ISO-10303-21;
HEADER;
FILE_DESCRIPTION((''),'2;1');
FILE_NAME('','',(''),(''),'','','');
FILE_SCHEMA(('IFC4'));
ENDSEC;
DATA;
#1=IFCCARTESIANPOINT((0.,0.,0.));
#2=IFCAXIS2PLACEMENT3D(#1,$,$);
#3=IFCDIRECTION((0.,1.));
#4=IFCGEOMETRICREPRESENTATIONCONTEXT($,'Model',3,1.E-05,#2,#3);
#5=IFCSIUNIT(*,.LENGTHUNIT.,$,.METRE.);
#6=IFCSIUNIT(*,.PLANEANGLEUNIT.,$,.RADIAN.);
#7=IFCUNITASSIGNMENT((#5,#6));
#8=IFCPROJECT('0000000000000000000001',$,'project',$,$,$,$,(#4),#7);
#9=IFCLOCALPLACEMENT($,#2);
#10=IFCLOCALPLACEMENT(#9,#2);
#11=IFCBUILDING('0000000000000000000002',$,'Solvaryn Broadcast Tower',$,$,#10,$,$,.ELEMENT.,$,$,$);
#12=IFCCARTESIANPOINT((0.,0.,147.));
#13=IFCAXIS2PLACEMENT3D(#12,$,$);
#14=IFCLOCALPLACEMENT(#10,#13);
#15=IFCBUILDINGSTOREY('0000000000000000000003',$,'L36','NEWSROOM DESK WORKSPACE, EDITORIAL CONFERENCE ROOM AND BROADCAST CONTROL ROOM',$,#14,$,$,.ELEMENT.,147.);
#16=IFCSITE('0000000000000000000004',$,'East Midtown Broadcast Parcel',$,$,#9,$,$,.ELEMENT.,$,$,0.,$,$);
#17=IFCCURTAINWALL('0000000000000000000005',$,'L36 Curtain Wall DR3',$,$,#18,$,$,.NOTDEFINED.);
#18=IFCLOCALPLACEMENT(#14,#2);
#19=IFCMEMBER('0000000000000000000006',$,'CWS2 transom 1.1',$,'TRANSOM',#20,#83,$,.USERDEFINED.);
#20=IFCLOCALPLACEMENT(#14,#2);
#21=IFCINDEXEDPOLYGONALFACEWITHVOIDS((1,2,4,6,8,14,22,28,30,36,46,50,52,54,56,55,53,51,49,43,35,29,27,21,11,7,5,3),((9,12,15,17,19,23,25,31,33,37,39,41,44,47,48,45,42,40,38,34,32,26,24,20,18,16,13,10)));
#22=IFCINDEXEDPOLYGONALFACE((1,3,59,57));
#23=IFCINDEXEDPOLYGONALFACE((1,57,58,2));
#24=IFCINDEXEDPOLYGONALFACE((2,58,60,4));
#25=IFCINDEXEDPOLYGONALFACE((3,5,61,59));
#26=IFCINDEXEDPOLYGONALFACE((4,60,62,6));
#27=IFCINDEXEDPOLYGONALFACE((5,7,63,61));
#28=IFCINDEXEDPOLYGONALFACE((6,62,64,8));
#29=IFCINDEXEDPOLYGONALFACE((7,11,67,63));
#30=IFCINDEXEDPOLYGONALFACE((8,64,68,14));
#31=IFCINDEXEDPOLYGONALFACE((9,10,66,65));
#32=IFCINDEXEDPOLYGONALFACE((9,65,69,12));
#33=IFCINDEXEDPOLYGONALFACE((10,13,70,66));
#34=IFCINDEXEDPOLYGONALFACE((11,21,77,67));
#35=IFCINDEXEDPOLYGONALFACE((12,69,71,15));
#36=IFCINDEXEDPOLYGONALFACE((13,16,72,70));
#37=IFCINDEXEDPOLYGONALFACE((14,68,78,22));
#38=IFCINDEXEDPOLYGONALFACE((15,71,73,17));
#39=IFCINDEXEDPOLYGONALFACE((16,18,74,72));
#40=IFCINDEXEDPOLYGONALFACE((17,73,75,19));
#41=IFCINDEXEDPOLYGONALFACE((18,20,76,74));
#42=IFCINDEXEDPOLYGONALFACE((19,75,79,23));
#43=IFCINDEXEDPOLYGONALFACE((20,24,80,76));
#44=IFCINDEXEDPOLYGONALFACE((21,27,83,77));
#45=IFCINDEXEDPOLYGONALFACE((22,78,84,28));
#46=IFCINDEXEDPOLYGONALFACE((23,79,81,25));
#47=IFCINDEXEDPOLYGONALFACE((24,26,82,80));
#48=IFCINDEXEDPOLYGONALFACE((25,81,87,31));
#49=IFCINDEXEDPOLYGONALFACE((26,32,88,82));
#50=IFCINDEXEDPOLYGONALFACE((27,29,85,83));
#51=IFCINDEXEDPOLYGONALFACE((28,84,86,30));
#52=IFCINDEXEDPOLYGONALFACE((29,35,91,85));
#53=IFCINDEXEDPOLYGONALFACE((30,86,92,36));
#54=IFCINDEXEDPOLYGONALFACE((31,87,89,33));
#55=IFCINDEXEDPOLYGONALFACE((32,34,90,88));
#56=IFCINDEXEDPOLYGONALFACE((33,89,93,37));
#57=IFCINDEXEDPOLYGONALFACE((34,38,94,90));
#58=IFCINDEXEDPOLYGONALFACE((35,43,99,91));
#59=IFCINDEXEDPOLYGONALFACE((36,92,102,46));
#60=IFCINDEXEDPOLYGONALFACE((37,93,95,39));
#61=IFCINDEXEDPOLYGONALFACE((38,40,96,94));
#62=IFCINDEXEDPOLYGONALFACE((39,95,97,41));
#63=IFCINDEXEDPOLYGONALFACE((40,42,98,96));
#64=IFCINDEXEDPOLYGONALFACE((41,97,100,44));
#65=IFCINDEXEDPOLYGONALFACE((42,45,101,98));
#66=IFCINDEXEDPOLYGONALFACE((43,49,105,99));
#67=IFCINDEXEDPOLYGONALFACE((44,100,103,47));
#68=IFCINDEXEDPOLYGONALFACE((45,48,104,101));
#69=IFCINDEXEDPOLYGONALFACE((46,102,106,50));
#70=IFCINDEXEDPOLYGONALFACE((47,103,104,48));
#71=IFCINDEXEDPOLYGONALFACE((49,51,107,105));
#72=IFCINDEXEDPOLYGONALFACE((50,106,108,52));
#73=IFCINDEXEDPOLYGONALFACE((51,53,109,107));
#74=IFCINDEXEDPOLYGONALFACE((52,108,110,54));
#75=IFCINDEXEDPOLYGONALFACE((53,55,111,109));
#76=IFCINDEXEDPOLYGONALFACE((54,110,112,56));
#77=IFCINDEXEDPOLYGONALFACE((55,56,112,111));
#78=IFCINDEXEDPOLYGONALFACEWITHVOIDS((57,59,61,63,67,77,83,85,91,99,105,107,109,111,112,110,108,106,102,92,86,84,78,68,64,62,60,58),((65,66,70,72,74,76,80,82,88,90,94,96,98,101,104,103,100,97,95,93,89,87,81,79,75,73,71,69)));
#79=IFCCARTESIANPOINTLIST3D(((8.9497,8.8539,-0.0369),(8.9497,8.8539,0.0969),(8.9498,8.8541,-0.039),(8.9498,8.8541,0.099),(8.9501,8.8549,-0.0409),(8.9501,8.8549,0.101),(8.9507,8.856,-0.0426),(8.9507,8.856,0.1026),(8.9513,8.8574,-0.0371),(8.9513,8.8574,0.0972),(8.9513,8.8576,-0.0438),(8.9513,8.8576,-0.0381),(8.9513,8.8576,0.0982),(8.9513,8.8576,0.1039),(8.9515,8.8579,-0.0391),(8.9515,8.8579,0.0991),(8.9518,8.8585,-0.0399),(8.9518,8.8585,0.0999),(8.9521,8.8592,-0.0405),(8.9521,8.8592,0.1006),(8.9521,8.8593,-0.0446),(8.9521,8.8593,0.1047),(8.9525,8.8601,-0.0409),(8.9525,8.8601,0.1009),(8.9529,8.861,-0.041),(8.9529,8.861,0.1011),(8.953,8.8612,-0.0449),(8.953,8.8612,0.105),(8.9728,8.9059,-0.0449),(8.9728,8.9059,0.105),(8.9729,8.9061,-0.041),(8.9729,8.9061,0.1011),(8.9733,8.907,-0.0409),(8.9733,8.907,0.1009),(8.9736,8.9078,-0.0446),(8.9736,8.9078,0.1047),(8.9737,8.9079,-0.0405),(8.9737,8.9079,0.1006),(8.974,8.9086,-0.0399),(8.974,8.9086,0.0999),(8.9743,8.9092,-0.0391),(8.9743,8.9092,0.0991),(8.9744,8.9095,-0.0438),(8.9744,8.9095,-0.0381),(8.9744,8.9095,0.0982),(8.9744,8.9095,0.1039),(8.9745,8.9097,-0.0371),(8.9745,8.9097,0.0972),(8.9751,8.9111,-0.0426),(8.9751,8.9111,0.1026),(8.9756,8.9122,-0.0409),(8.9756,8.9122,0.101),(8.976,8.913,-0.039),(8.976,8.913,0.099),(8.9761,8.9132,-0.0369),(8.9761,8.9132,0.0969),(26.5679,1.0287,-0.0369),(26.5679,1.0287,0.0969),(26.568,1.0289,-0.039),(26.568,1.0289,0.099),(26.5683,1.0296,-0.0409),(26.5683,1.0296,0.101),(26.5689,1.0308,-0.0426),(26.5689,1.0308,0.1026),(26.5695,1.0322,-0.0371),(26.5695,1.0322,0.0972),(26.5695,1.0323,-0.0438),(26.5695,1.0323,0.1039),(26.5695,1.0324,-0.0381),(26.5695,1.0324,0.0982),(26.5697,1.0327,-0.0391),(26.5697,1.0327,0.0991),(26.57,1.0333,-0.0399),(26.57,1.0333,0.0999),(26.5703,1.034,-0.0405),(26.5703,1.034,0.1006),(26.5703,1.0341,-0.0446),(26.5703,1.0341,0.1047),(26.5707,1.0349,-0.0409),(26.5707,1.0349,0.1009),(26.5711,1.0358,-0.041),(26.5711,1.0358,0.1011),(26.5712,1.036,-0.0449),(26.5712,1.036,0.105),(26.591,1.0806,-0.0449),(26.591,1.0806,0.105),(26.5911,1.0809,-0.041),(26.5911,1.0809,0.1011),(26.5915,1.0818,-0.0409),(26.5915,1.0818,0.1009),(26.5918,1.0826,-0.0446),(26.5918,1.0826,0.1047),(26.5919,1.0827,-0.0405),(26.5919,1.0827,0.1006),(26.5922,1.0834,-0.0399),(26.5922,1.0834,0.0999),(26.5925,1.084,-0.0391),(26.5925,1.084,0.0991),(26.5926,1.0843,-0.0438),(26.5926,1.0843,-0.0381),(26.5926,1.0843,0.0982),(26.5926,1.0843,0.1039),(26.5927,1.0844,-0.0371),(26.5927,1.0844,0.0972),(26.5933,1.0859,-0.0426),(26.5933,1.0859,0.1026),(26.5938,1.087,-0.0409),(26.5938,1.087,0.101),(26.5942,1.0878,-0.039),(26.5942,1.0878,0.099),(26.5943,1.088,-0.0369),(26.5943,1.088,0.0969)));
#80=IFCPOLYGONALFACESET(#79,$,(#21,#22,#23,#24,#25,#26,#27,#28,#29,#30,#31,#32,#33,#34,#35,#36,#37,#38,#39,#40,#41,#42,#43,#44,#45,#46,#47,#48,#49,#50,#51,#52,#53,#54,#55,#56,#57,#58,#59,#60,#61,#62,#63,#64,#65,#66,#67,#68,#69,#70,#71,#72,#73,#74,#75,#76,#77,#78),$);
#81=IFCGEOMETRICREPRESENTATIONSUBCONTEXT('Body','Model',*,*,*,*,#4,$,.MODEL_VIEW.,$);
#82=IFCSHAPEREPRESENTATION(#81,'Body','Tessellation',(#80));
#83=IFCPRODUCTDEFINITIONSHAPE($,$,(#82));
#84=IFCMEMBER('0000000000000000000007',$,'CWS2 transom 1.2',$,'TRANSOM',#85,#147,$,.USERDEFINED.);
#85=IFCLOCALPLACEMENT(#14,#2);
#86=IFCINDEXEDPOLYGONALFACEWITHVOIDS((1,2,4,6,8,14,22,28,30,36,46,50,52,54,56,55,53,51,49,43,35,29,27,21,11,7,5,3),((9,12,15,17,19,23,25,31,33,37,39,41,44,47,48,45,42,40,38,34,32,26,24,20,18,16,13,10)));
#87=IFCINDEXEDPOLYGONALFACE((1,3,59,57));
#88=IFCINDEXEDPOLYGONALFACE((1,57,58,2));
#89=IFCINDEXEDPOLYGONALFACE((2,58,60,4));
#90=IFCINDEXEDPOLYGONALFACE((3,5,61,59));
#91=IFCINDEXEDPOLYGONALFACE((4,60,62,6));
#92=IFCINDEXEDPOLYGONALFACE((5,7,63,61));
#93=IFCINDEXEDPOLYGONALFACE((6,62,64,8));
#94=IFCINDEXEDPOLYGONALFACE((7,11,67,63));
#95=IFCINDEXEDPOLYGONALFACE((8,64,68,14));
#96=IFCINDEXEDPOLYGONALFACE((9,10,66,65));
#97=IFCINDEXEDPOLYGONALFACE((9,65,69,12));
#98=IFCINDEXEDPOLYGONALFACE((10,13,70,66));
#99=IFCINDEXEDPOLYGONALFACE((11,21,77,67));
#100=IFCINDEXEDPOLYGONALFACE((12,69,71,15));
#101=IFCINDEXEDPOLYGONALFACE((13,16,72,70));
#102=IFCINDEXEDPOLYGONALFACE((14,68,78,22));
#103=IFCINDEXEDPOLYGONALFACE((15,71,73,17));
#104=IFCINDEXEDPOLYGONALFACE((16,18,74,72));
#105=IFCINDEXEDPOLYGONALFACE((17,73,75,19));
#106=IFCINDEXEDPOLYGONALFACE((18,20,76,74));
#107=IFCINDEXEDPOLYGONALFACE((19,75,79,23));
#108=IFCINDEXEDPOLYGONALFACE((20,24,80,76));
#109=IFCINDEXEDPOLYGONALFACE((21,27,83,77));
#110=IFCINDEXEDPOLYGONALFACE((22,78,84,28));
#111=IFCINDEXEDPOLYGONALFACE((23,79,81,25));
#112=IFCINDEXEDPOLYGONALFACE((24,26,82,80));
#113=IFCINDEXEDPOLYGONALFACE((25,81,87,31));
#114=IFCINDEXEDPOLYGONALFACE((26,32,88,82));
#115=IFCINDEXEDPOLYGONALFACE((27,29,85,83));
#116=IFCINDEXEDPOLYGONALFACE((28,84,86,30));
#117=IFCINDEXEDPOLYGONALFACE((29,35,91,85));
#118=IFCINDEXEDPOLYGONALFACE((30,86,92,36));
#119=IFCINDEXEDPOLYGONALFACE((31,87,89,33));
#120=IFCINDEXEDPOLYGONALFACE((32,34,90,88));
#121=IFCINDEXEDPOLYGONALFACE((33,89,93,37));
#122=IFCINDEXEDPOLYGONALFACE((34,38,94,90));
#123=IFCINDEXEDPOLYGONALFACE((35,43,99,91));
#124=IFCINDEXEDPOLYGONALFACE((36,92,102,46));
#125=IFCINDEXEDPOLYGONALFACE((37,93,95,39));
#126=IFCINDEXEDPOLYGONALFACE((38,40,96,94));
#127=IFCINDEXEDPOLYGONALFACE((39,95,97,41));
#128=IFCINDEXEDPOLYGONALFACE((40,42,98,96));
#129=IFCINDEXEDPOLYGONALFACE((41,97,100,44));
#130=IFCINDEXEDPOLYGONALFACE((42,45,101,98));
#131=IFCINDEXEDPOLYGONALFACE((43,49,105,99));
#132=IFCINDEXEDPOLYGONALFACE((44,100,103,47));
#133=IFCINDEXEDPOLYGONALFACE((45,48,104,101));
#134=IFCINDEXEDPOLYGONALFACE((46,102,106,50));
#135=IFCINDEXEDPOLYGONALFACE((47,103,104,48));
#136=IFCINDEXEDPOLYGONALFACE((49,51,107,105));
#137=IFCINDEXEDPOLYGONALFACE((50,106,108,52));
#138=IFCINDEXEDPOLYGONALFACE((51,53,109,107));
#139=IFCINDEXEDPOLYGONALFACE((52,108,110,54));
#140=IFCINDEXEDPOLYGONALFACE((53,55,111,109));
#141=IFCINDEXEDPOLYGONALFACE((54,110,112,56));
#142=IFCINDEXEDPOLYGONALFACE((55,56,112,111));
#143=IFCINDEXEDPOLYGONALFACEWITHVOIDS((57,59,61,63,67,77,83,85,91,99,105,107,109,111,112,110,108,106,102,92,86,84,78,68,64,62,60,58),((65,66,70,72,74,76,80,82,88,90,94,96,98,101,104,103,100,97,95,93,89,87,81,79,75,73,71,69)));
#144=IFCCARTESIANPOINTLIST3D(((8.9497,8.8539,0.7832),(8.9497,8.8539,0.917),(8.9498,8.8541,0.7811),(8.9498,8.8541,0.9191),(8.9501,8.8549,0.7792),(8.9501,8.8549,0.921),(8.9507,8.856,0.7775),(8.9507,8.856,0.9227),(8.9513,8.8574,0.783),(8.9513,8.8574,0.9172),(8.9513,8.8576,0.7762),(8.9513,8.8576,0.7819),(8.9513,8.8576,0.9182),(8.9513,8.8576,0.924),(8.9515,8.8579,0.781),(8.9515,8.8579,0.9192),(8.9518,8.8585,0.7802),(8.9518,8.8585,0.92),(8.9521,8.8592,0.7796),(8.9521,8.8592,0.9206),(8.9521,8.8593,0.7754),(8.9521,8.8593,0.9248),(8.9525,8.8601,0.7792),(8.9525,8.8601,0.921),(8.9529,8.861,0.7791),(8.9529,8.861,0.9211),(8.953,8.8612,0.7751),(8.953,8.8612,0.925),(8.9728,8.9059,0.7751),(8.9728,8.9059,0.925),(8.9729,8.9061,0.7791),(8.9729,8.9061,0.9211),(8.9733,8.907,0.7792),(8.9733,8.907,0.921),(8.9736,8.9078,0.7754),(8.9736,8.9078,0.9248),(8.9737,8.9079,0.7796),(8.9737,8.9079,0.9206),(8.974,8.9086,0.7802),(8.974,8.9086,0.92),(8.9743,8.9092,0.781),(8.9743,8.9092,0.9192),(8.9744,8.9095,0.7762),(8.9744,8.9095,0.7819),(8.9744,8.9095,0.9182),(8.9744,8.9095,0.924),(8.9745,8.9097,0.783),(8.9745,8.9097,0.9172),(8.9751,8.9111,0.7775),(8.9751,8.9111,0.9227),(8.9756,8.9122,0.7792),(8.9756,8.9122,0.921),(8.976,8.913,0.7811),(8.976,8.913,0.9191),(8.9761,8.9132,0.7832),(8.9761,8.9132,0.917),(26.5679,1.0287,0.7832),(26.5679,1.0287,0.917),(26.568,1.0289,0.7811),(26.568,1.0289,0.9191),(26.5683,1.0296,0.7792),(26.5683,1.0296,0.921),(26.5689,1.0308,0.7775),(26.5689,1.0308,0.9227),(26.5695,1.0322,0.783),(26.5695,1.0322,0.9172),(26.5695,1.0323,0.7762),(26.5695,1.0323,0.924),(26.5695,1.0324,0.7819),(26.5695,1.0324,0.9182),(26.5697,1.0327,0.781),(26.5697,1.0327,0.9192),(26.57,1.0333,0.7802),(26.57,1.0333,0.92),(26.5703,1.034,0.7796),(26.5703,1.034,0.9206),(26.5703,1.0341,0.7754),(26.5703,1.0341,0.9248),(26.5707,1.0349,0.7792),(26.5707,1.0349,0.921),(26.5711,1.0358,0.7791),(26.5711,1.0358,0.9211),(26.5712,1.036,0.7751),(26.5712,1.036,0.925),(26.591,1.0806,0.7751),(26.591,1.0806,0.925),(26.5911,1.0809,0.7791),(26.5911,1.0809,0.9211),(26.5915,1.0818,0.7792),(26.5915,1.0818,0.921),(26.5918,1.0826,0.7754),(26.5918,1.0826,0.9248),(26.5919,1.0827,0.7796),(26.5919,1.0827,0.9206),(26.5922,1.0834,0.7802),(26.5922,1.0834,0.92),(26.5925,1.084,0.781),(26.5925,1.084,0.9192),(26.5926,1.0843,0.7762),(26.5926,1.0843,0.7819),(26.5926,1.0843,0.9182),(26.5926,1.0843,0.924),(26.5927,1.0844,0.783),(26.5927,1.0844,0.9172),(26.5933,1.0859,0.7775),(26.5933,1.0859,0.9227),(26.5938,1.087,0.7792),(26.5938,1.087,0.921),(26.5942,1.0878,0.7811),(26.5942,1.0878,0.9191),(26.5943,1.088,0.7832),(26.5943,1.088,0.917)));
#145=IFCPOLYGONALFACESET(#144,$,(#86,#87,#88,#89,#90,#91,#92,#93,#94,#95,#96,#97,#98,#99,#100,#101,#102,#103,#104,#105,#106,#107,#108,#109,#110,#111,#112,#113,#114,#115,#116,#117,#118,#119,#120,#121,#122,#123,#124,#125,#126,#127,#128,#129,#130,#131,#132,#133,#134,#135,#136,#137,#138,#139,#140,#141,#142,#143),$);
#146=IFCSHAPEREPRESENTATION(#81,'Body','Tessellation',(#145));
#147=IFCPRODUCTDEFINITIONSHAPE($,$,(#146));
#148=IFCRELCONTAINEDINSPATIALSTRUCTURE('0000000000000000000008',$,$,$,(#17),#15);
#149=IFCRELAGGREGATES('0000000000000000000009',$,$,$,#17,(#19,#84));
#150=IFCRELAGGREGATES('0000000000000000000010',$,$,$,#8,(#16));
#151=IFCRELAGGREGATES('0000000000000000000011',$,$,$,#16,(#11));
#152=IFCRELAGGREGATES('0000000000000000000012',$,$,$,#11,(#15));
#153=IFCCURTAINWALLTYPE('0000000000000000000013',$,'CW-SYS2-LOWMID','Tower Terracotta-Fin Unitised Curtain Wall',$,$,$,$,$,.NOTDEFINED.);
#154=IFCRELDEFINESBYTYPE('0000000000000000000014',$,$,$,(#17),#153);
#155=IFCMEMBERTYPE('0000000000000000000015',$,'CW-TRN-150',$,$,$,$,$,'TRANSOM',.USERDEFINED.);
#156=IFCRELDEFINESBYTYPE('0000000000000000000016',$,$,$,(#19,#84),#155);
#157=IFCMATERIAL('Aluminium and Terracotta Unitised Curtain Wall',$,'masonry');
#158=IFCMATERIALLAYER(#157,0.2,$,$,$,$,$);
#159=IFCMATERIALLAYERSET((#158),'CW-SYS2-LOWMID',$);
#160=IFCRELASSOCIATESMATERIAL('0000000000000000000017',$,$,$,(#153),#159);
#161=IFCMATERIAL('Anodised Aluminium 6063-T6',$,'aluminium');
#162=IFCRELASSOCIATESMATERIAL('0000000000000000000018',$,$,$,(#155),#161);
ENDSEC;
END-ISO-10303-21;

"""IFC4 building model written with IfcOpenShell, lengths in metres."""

from ifc_helpers import new_model, si_unit, direction, frame, origin, origin_2d, place, context, subcontext, project, spatial, hollow_rectangle, extrude, material, layer, layer_set, material_profile, profile_set, type_object, element, aggregate, save


model = new_model("IFC4")

# Units and contexts
model_context = context("Model", 3, precision=1e-05, world=origin(), true_north=direction((0.0, 1.0)))
body_context = subcontext(model_context, "Body", "Model", "MODEL_VIEW")
ifc_project = project(units=[si_unit("LENGTHUNIT", "METRE"), si_unit("PLANEANGLEUNIT", "RADIAN")], contexts=[model_context])

# Site, building, storey
site_placement = place(None, origin())
site = spatial("IfcSite", under=ifc_project, at=site_placement, Name="East Midtown Broadcast Parcel", CompositionType="ELEMENT", RefElevation=0.0)
building_placement = place(site_placement, origin())
building = spatial("IfcBuilding", under=site, at=building_placement, Name="Solvaryn Broadcast Tower", CompositionType="ELEMENT")
storey_placement = place(building_placement, frame((0.0, 0.0, 147.0)))
storey = spatial("IfcBuildingStorey", under=building, at=storey_placement, Name="L36", Description="NEWSROOM DESK WORKSPACE, EDITORIAL CONFERENCE ROOM AND BROADCAST CONTROL ROOM", CompositionType="ELEMENT", Elevation=147.0)

# Shared definitions
ifc_material_1 = material(Name="Aluminium and Terracotta Unitised Curtain Wall", Category="masonry")
ifc_layer_1 = layer(ifc_material_1, 0.2)
ifc_layer_set_1 = layer_set([ifc_layer_1], Name="CW-SYS2-LOWMID")
curtain_wall_type = type_object("IfcCurtainWallType", Name="CW-SYS2-LOWMID", Description="Tower Terracotta-Fin Unitised Curtain Wall", PredefinedType="NOTDEFINED", material=ifc_layer_set_1)

# Curtain wall, members
curtain_wall_1_placement = place(storey_placement, origin())
curtain_wall_1 = element("IfcCurtainWall", 1, at=curtain_wall_1_placement, inside=storey, type_object=curtain_wall_type, Name="L36 Curtain Wall DR3", PredefinedType="NOTDEFINED")
ifc_material_2 = material(Name="Anodised Aluminium 6063-T6", Category="aluminium")
ifc_material_profile_1 = material_profile(ifc_material_2, hollow_rectangle(XDim=0.0649, YDim=0.1499, WallThickness=0.0039, InnerFilletRadius=0.0039, OuterFilletRadius=0.0081, at=origin_2d()))
ifc_profile_set_1 = profile_set([ifc_material_profile_1], Name="Anodised Aluminium 6063-T6")
member_type_1 = type_object("IfcMemberType", Name="CW-TRN-150", ElementType="TRANSOM", PredefinedType="USERDEFINED", material=ifc_profile_set_1)
member_1_placement = place(storey_placement, frame((8.9629, 8.8835, 0.03), z_axis=(0.91391, -0.405918, 0.0), x_axis=(0.405918, 0.91391, 0.0)))
member_1 = element("IfcMember", 2, at=member_1_placement, type_object=member_type_1, Name="CWS2 transom 1.1", ObjectType="TRANSOM", PredefinedType="USERDEFINED", context=body_context, shape_type="SweptSolid", body=[
    extrude(hollow_rectangle(XDim=0.0649, YDim=0.1499, WallThickness=0.0039, InnerFilletRadius=0.0039, OuterFilletRadius=0.0081, at=origin_2d()), origin(), (0.0, 0.0, 1.0), 19.2778),
])
member_2_placement = place(storey_placement, frame((8.9629, 8.8835, 0.8501), z_axis=(0.91391, -0.405918, 0.0), x_axis=(0.405918, 0.91391, 0.0)))
member_2 = element("IfcMember", 3, at=member_2_placement, type_object=member_type_1, Name="CWS2 transom 1.2", ObjectType="TRANSOM", PredefinedType="USERDEFINED", context=body_context, shape_type="SweptSolid", body=[
    extrude(hollow_rectangle(XDim=0.0649, YDim=0.1499, WallThickness=0.0039, InnerFilletRadius=0.0039, OuterFilletRadius=0.0081, at=origin_2d()), origin(), (0.0, 0.0, 1.0), 19.2778),
])
aggregate(curtain_wall_1, [member_1, member_2])

save(model, "model.ifc")
